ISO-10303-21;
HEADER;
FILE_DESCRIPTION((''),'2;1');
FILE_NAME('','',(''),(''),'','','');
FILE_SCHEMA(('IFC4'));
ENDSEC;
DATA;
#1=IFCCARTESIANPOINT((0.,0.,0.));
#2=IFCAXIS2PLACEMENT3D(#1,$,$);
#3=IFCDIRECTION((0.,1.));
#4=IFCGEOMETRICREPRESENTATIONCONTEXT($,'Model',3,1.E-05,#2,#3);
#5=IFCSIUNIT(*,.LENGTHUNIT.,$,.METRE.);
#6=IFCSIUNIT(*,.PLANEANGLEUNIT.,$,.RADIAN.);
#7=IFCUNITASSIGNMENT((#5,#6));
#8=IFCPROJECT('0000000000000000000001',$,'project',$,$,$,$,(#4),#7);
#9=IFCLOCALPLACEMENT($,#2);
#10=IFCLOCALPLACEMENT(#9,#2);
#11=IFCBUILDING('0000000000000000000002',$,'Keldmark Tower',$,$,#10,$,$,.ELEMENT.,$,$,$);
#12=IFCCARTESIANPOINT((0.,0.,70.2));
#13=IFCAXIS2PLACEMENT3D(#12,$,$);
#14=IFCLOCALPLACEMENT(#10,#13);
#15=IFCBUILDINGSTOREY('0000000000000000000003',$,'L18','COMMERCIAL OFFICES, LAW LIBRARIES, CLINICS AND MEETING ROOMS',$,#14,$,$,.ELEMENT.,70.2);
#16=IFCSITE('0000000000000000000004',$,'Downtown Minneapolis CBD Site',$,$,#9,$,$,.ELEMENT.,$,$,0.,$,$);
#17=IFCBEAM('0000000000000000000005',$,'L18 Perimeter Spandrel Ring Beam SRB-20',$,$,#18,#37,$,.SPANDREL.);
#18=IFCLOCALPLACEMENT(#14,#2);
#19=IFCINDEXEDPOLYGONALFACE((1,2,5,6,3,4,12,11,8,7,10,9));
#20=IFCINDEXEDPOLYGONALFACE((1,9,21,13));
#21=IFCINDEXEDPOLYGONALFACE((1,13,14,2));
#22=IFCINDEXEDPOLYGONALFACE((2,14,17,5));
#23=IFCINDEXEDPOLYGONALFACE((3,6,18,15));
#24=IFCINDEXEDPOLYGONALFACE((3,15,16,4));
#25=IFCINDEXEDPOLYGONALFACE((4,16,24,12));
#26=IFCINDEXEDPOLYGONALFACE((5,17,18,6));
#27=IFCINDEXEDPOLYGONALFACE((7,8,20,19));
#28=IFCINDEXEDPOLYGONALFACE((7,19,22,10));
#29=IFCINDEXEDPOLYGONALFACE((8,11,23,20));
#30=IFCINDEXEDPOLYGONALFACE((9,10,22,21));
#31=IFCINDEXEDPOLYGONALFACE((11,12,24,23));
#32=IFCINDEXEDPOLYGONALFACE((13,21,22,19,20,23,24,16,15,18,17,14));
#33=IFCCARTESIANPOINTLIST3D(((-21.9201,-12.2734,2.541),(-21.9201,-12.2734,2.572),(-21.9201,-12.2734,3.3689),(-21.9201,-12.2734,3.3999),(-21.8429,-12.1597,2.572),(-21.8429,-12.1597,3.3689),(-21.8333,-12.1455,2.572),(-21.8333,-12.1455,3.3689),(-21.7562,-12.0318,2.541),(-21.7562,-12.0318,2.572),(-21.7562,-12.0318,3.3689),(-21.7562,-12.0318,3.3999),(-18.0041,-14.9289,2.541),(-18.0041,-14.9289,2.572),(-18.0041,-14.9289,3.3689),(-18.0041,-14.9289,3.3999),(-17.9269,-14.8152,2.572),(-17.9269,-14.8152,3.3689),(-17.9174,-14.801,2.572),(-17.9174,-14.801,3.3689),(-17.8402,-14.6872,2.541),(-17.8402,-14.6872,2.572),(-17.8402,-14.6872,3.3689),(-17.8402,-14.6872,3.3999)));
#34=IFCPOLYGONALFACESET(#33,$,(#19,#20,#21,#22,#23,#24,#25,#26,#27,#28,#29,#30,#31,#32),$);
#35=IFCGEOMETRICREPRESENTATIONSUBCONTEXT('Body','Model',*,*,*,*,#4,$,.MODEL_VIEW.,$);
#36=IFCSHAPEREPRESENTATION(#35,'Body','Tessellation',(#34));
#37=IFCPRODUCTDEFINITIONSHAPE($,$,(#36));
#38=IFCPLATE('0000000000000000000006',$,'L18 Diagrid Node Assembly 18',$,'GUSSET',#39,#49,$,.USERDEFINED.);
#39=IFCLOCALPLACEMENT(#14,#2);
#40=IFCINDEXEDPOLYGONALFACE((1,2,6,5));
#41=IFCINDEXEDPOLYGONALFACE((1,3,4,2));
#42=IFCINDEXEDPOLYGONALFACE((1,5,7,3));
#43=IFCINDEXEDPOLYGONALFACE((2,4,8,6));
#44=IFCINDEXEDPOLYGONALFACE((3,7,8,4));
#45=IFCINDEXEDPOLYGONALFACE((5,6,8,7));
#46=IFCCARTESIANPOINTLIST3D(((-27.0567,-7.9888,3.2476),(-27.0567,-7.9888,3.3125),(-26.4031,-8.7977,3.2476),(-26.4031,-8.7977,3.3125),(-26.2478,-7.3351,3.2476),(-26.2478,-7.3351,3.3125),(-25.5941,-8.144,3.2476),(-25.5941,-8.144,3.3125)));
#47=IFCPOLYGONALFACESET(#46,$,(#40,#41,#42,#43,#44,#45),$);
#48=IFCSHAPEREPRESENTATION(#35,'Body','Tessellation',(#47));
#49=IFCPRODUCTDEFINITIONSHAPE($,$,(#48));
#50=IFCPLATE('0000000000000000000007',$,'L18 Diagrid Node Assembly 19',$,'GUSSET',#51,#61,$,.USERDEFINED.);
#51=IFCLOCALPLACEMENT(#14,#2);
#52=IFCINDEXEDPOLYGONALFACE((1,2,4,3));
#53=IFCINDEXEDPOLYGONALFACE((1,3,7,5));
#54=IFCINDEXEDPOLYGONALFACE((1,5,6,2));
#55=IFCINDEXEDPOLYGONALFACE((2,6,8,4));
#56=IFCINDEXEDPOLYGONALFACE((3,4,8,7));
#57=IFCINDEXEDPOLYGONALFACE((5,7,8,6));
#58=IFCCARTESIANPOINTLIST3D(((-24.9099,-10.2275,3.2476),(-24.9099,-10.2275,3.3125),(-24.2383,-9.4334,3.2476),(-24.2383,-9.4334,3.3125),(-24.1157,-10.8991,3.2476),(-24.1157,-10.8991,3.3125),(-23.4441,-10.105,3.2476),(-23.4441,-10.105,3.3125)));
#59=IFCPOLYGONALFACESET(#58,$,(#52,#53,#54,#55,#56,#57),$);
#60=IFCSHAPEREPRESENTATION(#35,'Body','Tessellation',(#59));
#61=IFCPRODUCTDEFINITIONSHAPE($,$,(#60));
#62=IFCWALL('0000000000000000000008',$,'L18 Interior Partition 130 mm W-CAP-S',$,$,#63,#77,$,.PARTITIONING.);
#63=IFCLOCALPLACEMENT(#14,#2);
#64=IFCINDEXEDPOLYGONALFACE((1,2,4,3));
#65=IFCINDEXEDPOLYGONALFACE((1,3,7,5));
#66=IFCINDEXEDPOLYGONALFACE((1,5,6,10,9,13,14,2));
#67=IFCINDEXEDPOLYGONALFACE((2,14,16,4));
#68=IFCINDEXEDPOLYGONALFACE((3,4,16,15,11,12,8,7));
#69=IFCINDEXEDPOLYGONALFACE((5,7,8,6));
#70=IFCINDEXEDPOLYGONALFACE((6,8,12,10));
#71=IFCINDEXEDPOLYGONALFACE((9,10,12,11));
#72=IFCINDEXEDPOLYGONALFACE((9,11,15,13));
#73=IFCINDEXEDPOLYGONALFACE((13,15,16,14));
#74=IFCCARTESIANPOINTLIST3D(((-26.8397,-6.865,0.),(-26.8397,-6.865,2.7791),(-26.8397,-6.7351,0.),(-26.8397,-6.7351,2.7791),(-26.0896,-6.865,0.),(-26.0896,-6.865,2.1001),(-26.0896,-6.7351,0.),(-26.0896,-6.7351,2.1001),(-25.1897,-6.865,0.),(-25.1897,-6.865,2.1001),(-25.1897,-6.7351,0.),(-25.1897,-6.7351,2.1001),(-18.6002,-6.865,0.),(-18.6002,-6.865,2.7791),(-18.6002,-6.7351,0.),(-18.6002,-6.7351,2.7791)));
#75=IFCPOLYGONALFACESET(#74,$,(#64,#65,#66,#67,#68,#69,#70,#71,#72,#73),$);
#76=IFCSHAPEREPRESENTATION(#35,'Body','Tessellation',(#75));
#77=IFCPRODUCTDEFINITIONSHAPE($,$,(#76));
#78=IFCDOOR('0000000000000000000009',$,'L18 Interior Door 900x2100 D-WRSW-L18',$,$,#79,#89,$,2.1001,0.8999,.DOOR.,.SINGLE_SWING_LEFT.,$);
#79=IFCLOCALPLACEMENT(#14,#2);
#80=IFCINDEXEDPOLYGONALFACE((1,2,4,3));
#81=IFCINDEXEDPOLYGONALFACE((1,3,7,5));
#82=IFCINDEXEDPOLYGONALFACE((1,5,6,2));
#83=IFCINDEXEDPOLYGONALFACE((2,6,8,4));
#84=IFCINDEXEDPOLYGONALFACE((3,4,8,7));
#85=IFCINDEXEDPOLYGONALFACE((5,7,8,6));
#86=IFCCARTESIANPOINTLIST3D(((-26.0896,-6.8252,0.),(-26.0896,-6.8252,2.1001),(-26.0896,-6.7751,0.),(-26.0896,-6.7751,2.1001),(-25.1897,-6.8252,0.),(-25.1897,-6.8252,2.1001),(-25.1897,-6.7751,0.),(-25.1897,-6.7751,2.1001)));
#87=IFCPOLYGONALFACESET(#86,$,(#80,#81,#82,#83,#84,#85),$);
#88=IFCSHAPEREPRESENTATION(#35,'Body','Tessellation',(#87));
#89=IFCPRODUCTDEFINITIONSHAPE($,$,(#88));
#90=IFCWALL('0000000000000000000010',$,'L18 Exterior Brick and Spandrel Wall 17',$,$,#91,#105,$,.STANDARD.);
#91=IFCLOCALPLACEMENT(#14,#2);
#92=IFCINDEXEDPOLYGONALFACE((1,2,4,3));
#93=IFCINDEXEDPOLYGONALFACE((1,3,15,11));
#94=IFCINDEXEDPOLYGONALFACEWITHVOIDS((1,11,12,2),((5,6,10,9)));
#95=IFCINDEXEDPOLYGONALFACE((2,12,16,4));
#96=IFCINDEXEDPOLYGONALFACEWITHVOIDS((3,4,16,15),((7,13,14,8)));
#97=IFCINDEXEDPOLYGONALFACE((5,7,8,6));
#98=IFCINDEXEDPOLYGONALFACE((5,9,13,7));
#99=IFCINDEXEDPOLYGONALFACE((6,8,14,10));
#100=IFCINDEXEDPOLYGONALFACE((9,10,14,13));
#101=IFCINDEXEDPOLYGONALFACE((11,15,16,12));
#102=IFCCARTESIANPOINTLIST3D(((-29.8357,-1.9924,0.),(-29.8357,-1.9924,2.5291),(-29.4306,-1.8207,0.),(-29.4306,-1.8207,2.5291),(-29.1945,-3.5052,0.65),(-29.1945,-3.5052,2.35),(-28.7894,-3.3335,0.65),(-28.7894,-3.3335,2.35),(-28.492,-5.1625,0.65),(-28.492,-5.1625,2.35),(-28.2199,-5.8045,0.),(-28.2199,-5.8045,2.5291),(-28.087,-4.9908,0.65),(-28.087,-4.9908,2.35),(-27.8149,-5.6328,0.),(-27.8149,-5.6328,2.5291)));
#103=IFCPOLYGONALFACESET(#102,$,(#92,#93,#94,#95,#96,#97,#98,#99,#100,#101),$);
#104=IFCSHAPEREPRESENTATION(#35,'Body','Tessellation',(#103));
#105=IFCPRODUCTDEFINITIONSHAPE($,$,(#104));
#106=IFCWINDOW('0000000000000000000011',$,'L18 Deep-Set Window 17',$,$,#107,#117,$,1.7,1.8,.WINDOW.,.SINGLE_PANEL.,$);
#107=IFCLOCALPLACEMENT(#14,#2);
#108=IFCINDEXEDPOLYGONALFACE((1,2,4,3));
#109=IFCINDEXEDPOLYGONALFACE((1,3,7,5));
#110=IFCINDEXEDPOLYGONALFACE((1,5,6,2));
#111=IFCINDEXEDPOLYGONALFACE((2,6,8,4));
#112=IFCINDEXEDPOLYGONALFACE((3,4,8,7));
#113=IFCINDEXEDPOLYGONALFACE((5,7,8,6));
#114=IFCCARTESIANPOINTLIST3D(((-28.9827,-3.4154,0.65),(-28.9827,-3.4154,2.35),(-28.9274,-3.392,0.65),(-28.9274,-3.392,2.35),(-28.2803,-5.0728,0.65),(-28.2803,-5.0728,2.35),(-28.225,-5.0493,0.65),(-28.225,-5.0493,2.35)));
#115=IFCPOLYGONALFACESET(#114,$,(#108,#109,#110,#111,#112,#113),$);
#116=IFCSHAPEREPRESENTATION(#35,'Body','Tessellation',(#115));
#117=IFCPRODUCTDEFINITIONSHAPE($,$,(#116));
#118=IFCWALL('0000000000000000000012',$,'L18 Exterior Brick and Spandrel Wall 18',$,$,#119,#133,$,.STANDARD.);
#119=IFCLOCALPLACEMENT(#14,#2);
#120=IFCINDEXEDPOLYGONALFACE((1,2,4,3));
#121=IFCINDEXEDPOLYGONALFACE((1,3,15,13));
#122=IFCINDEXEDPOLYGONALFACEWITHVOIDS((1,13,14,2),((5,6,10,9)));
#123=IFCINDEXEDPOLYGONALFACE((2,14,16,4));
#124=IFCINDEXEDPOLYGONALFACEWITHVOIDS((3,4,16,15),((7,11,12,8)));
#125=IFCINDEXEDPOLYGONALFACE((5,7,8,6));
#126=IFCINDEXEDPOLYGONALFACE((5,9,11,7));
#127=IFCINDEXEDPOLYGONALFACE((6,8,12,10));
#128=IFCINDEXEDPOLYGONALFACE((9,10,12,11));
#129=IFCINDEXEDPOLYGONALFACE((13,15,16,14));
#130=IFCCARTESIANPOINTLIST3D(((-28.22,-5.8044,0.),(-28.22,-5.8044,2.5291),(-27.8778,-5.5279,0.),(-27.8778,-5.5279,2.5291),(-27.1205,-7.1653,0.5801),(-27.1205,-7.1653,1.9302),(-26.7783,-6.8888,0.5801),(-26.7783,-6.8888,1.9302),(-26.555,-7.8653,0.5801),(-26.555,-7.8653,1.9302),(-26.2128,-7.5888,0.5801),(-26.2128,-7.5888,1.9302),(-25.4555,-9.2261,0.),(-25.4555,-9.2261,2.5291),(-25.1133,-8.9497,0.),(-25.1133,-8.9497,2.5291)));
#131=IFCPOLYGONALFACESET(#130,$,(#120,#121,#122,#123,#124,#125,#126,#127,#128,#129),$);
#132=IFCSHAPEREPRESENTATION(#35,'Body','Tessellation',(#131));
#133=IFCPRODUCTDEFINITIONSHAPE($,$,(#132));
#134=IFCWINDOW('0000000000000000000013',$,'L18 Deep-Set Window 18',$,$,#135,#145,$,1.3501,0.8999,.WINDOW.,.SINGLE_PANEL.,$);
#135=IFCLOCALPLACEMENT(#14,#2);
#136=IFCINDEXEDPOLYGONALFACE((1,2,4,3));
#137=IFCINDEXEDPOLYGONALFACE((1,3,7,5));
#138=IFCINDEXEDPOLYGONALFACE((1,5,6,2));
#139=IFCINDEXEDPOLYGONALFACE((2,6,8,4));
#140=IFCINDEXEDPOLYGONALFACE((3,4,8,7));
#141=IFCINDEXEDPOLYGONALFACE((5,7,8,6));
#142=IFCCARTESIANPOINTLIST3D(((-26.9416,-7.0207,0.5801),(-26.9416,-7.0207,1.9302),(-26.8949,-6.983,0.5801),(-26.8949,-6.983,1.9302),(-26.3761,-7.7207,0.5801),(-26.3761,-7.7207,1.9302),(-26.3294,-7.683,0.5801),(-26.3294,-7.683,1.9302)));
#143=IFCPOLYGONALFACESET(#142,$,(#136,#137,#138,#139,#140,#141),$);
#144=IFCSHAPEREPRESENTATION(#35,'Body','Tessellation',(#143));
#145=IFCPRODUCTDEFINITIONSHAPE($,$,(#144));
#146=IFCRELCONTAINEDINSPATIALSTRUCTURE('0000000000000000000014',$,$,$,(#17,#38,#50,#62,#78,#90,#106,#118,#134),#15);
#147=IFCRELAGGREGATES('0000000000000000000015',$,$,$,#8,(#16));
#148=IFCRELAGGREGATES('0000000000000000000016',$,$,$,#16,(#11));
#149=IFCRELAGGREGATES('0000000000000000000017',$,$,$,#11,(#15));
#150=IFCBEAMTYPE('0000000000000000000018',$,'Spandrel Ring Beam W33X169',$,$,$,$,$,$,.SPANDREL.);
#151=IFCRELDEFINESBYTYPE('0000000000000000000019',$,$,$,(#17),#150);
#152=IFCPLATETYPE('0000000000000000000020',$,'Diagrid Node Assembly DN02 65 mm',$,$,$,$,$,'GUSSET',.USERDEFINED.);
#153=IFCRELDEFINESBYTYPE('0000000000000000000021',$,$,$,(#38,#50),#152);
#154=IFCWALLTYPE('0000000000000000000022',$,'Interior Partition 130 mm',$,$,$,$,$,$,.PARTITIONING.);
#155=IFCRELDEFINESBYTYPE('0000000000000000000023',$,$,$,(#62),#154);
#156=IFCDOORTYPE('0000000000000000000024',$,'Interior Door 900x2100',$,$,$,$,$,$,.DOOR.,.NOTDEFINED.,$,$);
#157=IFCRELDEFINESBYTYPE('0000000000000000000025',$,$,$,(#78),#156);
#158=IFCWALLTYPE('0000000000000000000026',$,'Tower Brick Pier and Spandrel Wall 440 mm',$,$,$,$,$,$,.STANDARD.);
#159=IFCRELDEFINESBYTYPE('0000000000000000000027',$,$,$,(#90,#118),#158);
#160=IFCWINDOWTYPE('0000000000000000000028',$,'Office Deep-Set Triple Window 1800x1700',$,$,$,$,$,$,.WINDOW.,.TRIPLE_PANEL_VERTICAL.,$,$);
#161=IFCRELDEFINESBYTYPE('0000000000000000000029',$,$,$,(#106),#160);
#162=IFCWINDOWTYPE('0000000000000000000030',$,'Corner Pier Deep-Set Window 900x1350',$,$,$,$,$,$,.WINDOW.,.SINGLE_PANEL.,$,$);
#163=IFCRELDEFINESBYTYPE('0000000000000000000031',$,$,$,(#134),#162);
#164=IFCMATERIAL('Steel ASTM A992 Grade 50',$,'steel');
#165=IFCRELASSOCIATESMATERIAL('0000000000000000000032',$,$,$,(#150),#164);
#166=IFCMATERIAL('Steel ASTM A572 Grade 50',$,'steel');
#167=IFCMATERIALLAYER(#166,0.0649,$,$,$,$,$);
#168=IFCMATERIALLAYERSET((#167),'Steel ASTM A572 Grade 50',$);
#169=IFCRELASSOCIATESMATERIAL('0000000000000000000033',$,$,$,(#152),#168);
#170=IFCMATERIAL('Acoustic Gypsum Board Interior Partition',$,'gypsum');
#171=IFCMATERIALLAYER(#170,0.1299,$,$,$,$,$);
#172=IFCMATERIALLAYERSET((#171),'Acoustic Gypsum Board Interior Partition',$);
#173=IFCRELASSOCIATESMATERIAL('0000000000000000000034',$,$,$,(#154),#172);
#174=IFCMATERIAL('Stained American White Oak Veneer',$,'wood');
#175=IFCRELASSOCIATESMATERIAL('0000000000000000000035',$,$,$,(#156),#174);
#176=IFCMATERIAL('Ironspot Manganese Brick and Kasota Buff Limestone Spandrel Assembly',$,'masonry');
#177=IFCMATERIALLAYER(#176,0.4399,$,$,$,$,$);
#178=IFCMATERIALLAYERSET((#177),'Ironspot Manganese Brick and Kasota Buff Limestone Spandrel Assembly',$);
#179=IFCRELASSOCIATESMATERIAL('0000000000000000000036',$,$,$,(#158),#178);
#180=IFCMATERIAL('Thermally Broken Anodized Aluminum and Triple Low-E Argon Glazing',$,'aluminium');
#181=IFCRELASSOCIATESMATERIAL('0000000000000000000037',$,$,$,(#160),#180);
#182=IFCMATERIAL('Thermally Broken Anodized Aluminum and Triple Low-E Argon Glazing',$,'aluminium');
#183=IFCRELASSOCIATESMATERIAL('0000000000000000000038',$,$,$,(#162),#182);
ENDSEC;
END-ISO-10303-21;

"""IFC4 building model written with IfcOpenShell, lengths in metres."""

from ifc_helpers import new_model, si_unit, direction, frame, frame_2d, origin, origin_2d, place, context, subcontext, project, spatial, rectangle, i_section, extrude, material, layer, layer_set, material_profile, profile_set, type_object, element, fill, save


model = new_model("IFC4")

# Units and contexts
model_context = context("Model", 3, precision=1e-05, world=origin(), true_north=direction((0.0, 1.0)))
body_context = subcontext(model_context, "Body", "Model", "MODEL_VIEW")
ifc_project = project(units=[si_unit("LENGTHUNIT", "METRE"), si_unit("PLANEANGLEUNIT", "RADIAN")], contexts=[model_context])

# Site, building, storey
site_placement = place(None, origin())
site = spatial("IfcSite", under=ifc_project, at=site_placement, Name="Downtown Minneapolis CBD Site", CompositionType="ELEMENT", RefElevation=0.0)
building_placement = place(site_placement, origin())
building = spatial("IfcBuilding", under=site, at=building_placement, Name="Keldmark Tower", CompositionType="ELEMENT")
storey_placement = place(building_placement, frame((0.0, 0.0, 70.2)))
storey = spatial("IfcBuildingStorey", under=building, at=storey_placement, Name="L18", Description="COMMERCIAL OFFICES, LAW LIBRARIES, CLINICS AND MEETING ROOMS", CompositionType="ELEMENT", Elevation=70.2)

# Beam
ifc_material_1 = material(Name="Steel ASTM A992 Grade 50", Category="steel")
ifc_material_profile_1 = material_profile(ifc_material_1, i_section(OverallWidth=0.292, OverallDepth=0.8589, WebThickness=0.0171, FlangeThickness=0.031, at=origin_2d()), Name="W33X169")
ifc_profile_set_1 = profile_set([ifc_material_profile_1], Name="Steel ASTM A992 Grade 50")
beam_type_1 = type_object("IfcBeamType", Name="Spandrel Ring Beam W33X169", PredefinedType="SPANDREL", material=ifc_profile_set_1)
beam_1_placement = place(storey_placement, frame((-21.8381, -12.1526, 2.9705), z_axis=(0.82765, -0.561244, 0.0), x_axis=(0.561244, 0.82765, 0.0)))
element("IfcBeam", 1, at=beam_1_placement, inside=storey, type_object=beam_type_1, Name="L18 Perimeter Spandrel Ring Beam SRB-20", PredefinedType="SPANDREL", context=body_context, shape_type="SweptSolid", body=[
    extrude(i_section(OverallWidth=0.292, OverallDepth=0.8589, WebThickness=0.0171, FlangeThickness=0.031, at=origin_2d()), origin(), (0.0, 0.0, 1.0), 4.7314),
])

# Plates
ifc_material_2 = material(Name="Steel ASTM A572 Grade 50", Category="steel")
ifc_layer_1 = layer(ifc_material_2, 0.0649)
ifc_layer_set_1 = layer_set([ifc_layer_1], Name="Steel ASTM A572 Grade 50")
plate_type = type_object("IfcPlateType", Name="Diagrid Node Assembly DN02 65 mm", ElementType="GUSSET", PredefinedType="USERDEFINED", material=ifc_layer_set_1)
for number, where, z_axis, x_axis, name in (
    (2, (-26.3254, -8.0664, 3.2476), (0.0, 0.0, 1.0), (0.628506, -0.777805, 0.0), "L18 Diagrid Node Assembly 18"),
    (3, (-24.177, -10.1663, 3.2476), (0.0, 0.0, 1.0), (0.763571, -0.645724, 0.0), "L18 Diagrid Node Assembly 19"),
):
    element("IfcPlate", number, at=place(storey_placement, frame(where, z_axis=z_axis, x_axis=x_axis)), inside=storey, type_object=plate_type, Name=name, ObjectType="GUSSET", PredefinedType="USERDEFINED", context=body_context, shape_type="SweptSolid", body=[
        extrude(rectangle(XDim=1.04, YDim=1.04, at=origin_2d()), origin(), (0.0, 0.0, 1.0), 0.0649),
    ])

# Wall, opening, door
ifc_material_3 = material(Name="Acoustic Gypsum Board Interior Partition", Category="gypsum")
ifc_layer_2 = layer(ifc_material_3, 0.1299)
ifc_layer_set_2 = layer_set([ifc_layer_2], Name="Acoustic Gypsum Board Interior Partition")
wall_type_1 = type_object("IfcWallType", Name="Interior Partition 130 mm", PredefinedType="PARTITIONING", material=ifc_layer_set_2)
wall_1_placement = place(storey_placement, frame((-26.8396, -6.8, 0.0), z_axis=(0.0, 0.0, 1.0), x_axis=(1.0, 0.0, 0.0)))
wall_1 = element("IfcWall", 4, at=wall_1_placement, inside=storey, type_object=wall_type_1, Name="L18 Interior Partition 130 mm W-CAP-S", PredefinedType="PARTITIONING", context=body_context, shape_type="SweptSolid", body=[
    extrude(rectangle(XDim=8.2395, YDim=0.1299, at=frame_2d((4.1196, 0.0))), origin(), (0.0, 0.0, 1.0), 2.7791),
])
opening_1_placement = place(wall_1_placement, frame((0.75, 0.0, 0.0)))
opening_1 = element("IfcOpeningElement", 5, at=opening_1_placement, cuts=wall_1, PredefinedType="OPENING", context=body_context, shape_type="SweptSolid", body=[
    extrude(rectangle(XDim=0.8999, YDim=2.1001, at=frame_2d((0.45, 1.05))), frame((0.0, 0.075, 0.0), z_axis=(0.0, -1.0, 0.0), x_axis=(1.0, 0.0, 0.0)), (0.0, 0.0, 1.0), 0.1499),
])
ifc_material_4 = material(Name="Stained American White Oak Veneer", Category="wood")
door_type = type_object("IfcDoorType", Name="Interior Door 900x2100", OperationType="NOTDEFINED", PredefinedType="DOOR", material=ifc_material_4)
door_placement = place(opening_1_placement, origin())
door = element("IfcDoor", 6, at=door_placement, inside=storey, type_object=door_type, Name="L18 Interior Door 900x2100 D-WRSW-L18", OperationType="SINGLE_SWING_LEFT", OverallHeight=2.1001, OverallWidth=0.8999, PredefinedType="DOOR", context=body_context, shape_type="SweptSolid", body=[
    extrude(rectangle(XDim=0.8999, YDim=2.1001, at=frame_2d((0.45, 1.05))), frame((0.0, 0.0249, 0.0), z_axis=(0.0, -1.0, 0.0), x_axis=(1.0, 0.0, 0.0)), (0.0, 0.0, 1.0), 0.05),
])
fill(opening_1, door)

# Walls, openings, windows
ifc_material_5 = material(Name="Ironspot Manganese Brick and Kasota Buff Limestone Spandrel Assembly", Category="masonry")
ifc_layer_3 = layer(ifc_material_5, 0.4399)
ifc_layer_set_3 = layer_set([ifc_layer_3], Name="Ironspot Manganese Brick and Kasota Buff Limestone Spandrel Assembly")
wall_type_2 = type_object("IfcWallType", Name="Tower Brick Pier and Spandrel Wall 440 mm", PredefinedType="STANDARD", material=ifc_layer_set_3)
wall_2_placement = place(storey_placement, frame((-28.0173, -5.7188, 0.0), z_axis=(0.0, 0.0, 1.0), x_axis=(-0.390244, 0.920712, 0.0)))
wall_2 = element("IfcWall", 7, at=wall_2_placement, inside=storey, type_object=wall_type_2, Name="L18 Exterior Brick and Spandrel Wall 17", PredefinedType="STANDARD", context=body_context, shape_type="SweptSolid", body=[
    extrude(rectangle(XDim=4.1404, YDim=0.4399, at=frame_2d((2.0703, 0.0))), origin(), (0.0, 0.0, 1.0), 2.5291),
])
opening_2_placement = place(wall_2_placement, frame((0.6975, 0.0, 0.6499)))
opening_2 = element("IfcOpeningElement", 8, at=opening_2_placement, cuts=wall_2, PredefinedType="OPENING", context=body_context, shape_type="SweptSolid", body=[
    extrude(rectangle(XDim=1.8, YDim=1.7, at=frame_2d((0.8999, 0.8501))), frame((0.0, 0.23, 0.0), z_axis=(0.0, -1.0, 0.0), x_axis=(1.0, 0.0, 0.0)), (0.0, 0.0, 1.0), 0.46),
])
ifc_material_6 = material(Name="Thermally Broken Anodized Aluminum and Triple Low-E Argon Glazing", Category="aluminium")
window_type_1 = type_object("IfcWindowType", Name="Office Deep-Set Triple Window 1800x1700", PartitioningType="TRIPLE_PANEL_VERTICAL", PredefinedType="WINDOW", material=ifc_material_6)
window_1_placement = place(opening_2_placement, origin())
window_1 = element("IfcWindow", 9, at=window_1_placement, inside=storey, type_object=window_type_1, Name="L18 Deep-Set Window 17", OverallHeight=1.7, OverallWidth=1.8, PartitioningType="SINGLE_PANEL", PredefinedType="WINDOW", context=body_context, shape_type="SweptSolid", body=[
    extrude(rectangle(XDim=1.8, YDim=1.7, at=frame_2d((0.8999, 0.8501))), frame((0.0, -0.01, 0.0), z_axis=(0.0, -1.0, 0.0), x_axis=(1.0, 0.0, 0.0)), (0.0, 0.0, 1.0), 0.0601),
])
fill(opening_2, window_1)
wall_3_placement = place(storey_placement, frame((-25.2844, -9.0879, 0.0), z_axis=(0.0, 0.0, 1.0), x_axis=(-0.628444, 0.777855, 0.0)))
wall_3 = element("IfcWall", 10, at=wall_3_placement, inside=storey, type_object=wall_type_2, Name="L18 Exterior Brick and Spandrel Wall 18", PredefinedType="STANDARD", context=body_context, shape_type="SweptSolid", body=[
    extrude(rectangle(XDim=4.3989, YDim=0.4399, at=frame_2d((2.1995, 0.0))), origin(), (0.0, 0.0, 1.0), 2.5291),
])
opening_3_placement = place(wall_3_placement, frame((1.7495, 0.0, 0.5801)))
opening_3 = element("IfcOpeningElement", 11, at=opening_3_placement, cuts=wall_3, PredefinedType="OPENING", context=body_context, shape_type="SweptSolid", body=[
    extrude(rectangle(XDim=0.8999, YDim=1.3501, at=frame_2d((0.45, 0.675))), frame((0.0, 0.23, 0.0), z_axis=(0.0, -1.0, 0.0), x_axis=(1.0, 0.0, 0.0)), (0.0, 0.0, 1.0), 0.46),
])
ifc_material_7 = material(Name="Thermally Broken Anodized Aluminum and Triple Low-E Argon Glazing", Category="aluminium")
window_type_2 = type_object("IfcWindowType", Name="Corner Pier Deep-Set Window 900x1350", PartitioningType="SINGLE_PANEL", PredefinedType="WINDOW", material=ifc_material_7)
window_2_placement = place(opening_3_placement, origin())
window_2 = element("IfcWindow", 12, at=window_2_placement, inside=storey, type_object=window_type_2, Name="L18 Deep-Set Window 18", OverallHeight=1.3501, OverallWidth=0.8999, PartitioningType="SINGLE_PANEL", PredefinedType="WINDOW", context=body_context, shape_type="SweptSolid", body=[
    extrude(rectangle(XDim=0.8999, YDim=1.3501, at=frame_2d((0.45, 0.675))), frame((0.0, -0.01, 0.0), z_axis=(0.0, -1.0, 0.0), x_axis=(1.0, 0.0, 0.0)), (0.0, 0.0, 1.0), 0.0601),
])
fill(opening_3, window_2)

save(model, "model.ifc")
